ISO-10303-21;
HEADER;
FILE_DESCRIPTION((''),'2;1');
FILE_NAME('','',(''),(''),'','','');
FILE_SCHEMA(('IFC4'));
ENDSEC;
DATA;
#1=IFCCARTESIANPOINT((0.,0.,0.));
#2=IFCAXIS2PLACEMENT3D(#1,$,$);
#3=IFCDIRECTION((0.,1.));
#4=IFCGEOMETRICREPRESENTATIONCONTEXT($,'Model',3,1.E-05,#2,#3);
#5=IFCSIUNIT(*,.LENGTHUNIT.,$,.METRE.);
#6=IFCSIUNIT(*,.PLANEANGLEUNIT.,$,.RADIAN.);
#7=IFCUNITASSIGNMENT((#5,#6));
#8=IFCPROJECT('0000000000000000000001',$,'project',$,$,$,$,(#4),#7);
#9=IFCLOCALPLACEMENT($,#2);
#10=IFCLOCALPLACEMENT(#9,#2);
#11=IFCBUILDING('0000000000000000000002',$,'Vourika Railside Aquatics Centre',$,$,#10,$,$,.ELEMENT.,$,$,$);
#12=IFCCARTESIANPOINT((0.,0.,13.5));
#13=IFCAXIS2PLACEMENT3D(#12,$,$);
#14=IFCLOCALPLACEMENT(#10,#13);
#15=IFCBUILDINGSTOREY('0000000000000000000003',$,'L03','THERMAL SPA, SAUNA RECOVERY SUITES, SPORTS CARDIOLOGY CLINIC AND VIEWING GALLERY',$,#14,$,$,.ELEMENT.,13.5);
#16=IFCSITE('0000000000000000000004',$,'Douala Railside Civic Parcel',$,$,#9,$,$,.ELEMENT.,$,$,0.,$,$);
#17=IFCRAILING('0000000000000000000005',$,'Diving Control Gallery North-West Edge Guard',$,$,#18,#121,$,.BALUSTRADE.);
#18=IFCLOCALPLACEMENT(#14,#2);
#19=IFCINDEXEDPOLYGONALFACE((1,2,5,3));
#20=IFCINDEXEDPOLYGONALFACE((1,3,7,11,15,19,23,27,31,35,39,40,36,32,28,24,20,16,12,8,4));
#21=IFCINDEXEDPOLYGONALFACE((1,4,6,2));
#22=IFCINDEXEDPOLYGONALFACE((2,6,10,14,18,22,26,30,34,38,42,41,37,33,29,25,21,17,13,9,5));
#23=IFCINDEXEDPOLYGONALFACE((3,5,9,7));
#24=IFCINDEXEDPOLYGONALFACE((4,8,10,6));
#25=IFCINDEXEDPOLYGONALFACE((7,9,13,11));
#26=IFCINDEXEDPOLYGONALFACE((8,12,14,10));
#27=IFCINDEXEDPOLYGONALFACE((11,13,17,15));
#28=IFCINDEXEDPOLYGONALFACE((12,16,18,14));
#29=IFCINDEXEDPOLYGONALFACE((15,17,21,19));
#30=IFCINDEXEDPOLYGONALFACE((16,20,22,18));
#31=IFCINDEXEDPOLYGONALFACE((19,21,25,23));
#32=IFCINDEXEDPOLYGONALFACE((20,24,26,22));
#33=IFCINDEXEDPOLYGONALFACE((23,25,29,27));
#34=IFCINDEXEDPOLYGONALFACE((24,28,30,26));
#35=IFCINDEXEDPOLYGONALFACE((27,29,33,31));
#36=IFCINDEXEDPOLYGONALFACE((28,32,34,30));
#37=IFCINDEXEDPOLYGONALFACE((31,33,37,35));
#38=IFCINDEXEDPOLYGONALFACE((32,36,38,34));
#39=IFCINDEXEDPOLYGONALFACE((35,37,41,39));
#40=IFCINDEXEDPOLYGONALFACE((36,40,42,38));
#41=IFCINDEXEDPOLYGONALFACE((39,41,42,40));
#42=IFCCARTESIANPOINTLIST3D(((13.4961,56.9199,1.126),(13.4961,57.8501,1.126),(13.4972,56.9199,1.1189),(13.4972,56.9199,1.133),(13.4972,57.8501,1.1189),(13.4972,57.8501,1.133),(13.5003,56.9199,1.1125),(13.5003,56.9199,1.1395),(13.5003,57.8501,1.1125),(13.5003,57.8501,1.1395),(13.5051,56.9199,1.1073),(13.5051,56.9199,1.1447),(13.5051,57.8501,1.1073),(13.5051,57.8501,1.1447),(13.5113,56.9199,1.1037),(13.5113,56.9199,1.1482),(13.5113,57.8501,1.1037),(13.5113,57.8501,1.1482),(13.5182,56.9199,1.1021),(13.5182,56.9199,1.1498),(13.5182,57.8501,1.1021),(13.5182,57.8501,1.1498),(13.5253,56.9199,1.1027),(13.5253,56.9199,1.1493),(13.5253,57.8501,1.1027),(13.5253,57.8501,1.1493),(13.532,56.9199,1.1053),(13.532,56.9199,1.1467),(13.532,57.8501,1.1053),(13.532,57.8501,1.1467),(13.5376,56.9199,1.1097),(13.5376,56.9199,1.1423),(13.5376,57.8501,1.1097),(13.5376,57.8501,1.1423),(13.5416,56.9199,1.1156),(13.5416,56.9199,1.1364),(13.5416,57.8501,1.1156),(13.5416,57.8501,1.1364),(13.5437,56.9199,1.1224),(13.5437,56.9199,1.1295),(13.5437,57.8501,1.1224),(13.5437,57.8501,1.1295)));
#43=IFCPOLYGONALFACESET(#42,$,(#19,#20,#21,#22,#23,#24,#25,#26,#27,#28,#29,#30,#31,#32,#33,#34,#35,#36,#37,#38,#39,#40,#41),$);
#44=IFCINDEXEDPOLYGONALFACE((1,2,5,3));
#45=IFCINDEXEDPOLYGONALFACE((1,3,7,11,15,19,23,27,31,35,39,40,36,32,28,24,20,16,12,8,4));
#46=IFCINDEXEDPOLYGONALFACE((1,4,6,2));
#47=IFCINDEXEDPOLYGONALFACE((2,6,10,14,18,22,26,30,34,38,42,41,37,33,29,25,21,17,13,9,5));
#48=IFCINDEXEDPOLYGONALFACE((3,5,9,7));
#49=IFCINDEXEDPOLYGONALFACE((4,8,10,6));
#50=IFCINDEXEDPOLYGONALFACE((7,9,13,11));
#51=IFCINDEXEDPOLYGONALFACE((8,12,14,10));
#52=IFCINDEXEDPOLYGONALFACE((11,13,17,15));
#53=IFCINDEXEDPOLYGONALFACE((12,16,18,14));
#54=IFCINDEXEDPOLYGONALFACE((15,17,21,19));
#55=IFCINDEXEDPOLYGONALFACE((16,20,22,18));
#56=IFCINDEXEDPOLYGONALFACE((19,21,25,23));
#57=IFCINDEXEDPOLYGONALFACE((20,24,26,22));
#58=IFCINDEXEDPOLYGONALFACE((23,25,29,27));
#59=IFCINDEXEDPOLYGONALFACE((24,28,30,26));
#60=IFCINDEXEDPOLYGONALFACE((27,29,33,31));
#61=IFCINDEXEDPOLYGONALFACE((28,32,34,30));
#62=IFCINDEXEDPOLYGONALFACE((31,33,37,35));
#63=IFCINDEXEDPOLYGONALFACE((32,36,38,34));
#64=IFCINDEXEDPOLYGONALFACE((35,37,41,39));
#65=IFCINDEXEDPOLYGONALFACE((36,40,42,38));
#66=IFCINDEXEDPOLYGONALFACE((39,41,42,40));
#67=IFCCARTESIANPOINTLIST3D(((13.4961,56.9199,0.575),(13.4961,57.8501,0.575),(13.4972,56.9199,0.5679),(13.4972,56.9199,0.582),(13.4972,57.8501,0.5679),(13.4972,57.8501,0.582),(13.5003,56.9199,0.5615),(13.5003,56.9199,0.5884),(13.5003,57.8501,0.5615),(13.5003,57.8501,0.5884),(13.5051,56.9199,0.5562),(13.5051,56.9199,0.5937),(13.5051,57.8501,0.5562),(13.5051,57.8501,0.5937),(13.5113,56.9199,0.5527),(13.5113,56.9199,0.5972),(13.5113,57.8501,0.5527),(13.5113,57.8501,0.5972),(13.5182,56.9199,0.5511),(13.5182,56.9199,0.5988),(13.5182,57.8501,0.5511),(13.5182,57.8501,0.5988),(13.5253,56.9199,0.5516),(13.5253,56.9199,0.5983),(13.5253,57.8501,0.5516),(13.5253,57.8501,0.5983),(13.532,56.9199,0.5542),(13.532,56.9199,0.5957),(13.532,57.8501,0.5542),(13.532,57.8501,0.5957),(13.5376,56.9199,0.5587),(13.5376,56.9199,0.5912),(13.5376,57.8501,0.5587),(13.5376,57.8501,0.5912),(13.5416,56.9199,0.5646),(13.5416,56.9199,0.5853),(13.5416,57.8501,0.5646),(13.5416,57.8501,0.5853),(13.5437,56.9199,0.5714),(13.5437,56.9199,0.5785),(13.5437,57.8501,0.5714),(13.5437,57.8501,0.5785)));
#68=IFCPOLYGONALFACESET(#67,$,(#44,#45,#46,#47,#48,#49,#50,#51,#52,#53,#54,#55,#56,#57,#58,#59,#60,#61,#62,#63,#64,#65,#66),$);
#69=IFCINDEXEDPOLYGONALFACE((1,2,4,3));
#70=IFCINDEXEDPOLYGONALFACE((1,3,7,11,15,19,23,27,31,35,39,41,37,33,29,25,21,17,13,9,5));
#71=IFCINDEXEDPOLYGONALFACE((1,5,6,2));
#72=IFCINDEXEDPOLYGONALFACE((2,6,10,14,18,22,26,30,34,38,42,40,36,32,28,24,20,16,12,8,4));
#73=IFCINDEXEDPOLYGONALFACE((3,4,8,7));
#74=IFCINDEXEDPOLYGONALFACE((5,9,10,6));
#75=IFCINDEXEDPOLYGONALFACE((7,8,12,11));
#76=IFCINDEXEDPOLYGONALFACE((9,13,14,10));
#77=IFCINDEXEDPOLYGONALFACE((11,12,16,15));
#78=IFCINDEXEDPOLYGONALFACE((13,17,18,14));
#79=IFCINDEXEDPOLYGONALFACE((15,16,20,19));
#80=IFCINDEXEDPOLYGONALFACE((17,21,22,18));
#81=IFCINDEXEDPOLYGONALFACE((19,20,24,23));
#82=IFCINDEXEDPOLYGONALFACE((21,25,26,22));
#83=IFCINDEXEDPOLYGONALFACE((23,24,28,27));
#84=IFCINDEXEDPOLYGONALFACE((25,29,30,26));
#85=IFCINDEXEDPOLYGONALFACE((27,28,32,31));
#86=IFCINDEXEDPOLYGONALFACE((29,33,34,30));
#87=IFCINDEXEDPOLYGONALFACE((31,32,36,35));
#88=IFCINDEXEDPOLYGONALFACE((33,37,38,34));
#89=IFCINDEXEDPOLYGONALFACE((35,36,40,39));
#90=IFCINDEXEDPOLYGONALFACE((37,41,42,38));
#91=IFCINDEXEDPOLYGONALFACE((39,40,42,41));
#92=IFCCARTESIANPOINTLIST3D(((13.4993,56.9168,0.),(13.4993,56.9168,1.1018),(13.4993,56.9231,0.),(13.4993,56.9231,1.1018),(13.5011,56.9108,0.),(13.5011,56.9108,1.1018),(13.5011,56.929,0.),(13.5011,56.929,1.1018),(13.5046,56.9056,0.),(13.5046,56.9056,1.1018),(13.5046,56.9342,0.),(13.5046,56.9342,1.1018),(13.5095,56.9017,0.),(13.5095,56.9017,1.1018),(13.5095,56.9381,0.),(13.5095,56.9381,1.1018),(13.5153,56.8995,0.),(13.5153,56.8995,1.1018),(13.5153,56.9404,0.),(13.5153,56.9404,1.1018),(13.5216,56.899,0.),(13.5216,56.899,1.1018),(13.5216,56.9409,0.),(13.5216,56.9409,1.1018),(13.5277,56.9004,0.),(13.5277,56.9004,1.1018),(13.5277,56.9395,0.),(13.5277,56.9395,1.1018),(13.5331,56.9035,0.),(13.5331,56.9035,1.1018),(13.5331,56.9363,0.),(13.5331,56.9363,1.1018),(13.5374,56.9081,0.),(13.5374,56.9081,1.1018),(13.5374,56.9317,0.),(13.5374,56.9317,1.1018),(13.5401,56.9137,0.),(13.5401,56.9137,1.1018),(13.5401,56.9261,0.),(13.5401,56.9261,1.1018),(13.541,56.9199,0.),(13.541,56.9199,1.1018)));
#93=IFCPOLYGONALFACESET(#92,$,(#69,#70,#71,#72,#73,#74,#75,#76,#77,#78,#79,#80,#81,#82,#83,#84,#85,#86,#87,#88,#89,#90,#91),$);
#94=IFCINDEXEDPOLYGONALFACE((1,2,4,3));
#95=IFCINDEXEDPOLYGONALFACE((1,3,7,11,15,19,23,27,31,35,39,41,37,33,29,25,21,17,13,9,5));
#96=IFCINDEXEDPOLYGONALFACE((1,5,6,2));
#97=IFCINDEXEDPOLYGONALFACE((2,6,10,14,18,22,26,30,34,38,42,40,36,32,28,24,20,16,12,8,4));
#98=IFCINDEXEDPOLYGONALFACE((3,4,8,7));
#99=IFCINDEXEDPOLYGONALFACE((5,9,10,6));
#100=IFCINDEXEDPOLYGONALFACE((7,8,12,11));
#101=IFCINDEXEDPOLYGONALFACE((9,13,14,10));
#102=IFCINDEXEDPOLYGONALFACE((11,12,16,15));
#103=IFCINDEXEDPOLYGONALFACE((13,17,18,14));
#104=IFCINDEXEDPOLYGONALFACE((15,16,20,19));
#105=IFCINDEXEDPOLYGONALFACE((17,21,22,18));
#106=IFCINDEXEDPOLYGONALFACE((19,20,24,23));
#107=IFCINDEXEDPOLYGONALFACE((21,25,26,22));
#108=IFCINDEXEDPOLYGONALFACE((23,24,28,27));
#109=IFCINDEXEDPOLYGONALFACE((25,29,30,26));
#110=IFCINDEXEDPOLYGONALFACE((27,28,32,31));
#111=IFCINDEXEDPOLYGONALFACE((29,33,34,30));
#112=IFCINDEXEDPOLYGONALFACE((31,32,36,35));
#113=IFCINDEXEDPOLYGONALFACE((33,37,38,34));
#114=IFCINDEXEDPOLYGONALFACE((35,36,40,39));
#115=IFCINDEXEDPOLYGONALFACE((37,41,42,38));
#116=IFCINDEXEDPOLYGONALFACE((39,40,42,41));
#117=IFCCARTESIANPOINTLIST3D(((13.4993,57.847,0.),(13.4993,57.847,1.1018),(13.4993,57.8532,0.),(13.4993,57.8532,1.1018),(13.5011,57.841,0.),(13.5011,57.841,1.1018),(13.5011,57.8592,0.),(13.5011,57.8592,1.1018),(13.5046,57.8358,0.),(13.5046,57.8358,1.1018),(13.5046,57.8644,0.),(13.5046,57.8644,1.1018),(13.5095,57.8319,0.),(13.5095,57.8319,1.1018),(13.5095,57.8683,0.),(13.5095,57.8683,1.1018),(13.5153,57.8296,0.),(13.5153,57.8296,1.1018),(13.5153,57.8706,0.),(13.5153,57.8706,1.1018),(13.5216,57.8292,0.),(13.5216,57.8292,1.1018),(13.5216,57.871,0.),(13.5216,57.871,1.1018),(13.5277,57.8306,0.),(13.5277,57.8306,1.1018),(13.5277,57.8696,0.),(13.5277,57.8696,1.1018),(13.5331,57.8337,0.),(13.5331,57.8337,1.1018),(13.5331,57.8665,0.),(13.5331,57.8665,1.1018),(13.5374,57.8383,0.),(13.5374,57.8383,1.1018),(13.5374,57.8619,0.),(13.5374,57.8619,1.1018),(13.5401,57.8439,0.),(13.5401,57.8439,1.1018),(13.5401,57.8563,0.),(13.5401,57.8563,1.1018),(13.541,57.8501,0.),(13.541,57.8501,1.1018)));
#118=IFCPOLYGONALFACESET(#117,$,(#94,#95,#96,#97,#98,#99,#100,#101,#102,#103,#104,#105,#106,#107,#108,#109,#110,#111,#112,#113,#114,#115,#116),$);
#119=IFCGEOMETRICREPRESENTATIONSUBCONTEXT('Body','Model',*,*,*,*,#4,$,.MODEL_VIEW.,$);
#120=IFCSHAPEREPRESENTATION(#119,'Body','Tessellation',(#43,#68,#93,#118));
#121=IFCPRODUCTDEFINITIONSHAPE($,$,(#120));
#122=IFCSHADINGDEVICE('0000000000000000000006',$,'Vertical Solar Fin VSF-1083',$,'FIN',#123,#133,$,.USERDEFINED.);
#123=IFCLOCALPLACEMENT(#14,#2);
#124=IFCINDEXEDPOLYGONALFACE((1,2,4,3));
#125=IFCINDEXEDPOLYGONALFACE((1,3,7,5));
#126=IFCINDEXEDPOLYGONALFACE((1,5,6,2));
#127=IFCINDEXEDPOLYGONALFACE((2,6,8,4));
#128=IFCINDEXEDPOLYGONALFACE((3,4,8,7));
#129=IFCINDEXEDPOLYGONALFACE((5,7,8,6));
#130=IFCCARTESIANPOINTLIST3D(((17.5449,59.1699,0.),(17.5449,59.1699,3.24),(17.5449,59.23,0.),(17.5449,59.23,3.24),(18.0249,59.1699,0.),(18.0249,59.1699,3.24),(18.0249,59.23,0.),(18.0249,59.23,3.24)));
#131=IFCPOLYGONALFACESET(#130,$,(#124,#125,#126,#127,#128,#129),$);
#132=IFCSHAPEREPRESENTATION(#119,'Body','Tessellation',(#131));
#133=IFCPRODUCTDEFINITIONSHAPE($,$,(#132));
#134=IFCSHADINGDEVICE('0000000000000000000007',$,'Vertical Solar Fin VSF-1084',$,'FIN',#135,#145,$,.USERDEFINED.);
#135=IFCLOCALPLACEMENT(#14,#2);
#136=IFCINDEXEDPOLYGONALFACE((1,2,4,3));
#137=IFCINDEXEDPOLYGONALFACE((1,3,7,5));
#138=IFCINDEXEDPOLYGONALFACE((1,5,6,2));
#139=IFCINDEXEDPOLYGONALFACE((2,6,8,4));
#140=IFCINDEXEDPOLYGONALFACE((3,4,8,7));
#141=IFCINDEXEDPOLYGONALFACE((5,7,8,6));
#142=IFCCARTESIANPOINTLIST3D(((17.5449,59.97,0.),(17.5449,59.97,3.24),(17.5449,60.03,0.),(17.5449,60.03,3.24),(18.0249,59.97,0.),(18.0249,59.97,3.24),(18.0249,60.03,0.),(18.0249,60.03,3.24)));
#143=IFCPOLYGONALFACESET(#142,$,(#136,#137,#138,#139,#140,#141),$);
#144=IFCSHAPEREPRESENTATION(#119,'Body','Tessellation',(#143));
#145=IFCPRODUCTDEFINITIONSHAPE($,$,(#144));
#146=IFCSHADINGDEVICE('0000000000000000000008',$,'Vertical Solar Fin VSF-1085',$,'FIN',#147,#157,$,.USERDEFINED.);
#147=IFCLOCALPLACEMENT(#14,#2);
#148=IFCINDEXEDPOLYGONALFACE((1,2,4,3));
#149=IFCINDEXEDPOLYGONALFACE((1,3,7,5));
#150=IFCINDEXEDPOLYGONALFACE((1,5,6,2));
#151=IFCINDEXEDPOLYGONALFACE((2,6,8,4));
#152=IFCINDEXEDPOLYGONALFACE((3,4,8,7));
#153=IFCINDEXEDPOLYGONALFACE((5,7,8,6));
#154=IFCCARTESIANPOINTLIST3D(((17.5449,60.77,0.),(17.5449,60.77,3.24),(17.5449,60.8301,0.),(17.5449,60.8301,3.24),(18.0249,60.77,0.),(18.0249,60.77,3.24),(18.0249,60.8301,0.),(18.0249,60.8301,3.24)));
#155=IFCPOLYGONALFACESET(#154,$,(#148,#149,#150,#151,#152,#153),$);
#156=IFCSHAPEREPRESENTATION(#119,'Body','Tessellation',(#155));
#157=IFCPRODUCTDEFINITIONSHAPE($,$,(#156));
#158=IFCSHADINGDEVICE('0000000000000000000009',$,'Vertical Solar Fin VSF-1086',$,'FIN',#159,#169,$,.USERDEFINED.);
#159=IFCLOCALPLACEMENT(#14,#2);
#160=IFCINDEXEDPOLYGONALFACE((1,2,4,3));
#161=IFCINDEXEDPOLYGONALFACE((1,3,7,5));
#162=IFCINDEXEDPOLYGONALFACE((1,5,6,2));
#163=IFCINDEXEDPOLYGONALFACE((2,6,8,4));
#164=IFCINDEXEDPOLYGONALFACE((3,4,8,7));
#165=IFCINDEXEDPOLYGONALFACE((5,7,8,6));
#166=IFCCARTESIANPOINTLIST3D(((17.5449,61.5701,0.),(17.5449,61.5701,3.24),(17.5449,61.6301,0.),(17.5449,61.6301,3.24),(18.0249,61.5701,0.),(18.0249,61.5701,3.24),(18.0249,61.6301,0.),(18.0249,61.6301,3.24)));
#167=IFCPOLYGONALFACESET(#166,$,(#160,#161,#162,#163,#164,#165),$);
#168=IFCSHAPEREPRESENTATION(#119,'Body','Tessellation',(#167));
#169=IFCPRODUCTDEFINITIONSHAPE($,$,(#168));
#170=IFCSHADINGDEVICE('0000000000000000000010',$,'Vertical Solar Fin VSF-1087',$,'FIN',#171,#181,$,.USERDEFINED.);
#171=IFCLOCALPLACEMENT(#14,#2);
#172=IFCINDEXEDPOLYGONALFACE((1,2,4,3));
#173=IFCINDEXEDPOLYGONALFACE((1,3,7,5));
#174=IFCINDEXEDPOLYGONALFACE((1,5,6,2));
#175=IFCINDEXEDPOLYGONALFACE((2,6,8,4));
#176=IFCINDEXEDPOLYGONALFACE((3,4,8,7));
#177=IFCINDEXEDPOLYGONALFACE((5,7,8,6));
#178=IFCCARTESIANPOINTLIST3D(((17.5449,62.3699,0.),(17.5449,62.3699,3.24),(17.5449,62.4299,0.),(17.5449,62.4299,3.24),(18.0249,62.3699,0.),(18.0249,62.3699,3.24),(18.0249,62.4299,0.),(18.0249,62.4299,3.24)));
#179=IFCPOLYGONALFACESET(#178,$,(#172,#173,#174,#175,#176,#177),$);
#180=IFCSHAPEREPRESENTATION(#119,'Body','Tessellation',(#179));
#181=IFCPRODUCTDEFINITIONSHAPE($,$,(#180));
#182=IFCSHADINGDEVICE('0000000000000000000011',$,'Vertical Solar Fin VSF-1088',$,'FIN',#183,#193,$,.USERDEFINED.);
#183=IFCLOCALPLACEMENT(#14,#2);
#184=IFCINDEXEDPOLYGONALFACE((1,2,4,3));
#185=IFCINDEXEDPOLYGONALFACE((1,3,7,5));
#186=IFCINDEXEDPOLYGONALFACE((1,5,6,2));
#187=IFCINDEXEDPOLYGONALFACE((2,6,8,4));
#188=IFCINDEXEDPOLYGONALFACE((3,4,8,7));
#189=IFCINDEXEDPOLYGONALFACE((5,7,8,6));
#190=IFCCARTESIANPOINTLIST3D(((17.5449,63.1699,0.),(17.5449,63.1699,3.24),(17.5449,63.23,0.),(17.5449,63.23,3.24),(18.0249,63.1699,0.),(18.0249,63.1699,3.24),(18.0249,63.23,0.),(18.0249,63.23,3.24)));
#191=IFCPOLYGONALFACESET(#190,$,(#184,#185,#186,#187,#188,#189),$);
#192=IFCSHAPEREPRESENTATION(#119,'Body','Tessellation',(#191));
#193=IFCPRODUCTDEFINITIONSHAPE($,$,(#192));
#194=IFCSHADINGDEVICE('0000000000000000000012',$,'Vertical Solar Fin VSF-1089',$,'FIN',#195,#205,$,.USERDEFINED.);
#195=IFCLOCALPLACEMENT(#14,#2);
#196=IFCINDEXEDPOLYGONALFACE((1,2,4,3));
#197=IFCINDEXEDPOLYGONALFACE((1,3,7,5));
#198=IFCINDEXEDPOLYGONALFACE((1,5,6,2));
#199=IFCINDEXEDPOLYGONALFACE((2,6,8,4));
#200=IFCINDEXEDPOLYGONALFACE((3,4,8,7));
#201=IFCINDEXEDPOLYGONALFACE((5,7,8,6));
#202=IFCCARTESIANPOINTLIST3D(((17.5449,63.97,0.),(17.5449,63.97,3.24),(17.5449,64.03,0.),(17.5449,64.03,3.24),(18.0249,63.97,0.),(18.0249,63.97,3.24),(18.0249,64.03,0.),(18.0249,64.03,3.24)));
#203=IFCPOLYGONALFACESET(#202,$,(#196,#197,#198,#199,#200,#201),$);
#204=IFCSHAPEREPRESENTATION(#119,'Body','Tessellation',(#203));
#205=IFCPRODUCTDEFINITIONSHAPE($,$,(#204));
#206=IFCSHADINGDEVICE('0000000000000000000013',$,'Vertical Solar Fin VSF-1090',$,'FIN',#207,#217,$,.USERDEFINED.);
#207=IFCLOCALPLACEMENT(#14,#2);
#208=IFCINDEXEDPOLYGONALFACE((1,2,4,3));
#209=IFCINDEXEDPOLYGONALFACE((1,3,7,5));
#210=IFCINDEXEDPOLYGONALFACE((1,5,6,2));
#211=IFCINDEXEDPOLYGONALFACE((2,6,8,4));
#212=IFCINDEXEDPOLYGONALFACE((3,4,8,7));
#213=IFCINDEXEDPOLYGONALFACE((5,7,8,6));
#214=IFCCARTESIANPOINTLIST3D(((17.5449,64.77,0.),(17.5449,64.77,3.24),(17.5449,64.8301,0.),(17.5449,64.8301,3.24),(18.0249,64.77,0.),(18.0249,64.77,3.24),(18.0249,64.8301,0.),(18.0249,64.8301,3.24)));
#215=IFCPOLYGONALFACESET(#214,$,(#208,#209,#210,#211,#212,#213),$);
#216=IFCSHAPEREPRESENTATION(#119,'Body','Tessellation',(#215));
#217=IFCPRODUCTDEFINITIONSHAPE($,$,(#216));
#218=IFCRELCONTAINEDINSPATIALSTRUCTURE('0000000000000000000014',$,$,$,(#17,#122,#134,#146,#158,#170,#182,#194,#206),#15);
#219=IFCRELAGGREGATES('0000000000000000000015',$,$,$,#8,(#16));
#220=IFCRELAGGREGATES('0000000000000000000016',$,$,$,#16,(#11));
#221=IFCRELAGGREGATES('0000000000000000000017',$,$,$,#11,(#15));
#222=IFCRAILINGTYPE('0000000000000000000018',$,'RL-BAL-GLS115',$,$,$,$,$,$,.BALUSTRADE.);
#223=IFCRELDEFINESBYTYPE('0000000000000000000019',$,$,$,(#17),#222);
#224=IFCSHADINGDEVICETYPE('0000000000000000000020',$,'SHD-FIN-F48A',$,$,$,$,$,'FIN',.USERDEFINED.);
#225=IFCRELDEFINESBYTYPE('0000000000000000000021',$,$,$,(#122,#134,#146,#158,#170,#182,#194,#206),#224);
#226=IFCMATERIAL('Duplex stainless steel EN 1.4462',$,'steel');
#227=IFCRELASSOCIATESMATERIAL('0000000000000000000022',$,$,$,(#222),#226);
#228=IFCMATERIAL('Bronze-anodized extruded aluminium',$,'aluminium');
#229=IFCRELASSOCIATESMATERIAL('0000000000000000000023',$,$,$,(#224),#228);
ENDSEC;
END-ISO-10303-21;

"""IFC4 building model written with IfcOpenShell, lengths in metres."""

from ifc_helpers import new_model, si_unit, direction, frame, origin, origin_2d, place, context, subcontext, project, spatial, rectangle, circle, extrude, material, material_profile, profile_set, type_object, element, save


model = new_model("IFC4")

# Units and contexts
model_context = context("Model", 3, precision=1e-05, world=origin(), true_north=direction((0.0, 1.0)))
body_context = subcontext(model_context, "Body", "Model", "MODEL_VIEW")
ifc_project = project(units=[si_unit("LENGTHUNIT", "METRE"), si_unit("PLANEANGLEUNIT", "RADIAN")], contexts=[model_context])

# Site, building, storey
site_placement = place(None, origin())
site = spatial("IfcSite", under=ifc_project, at=site_placement, Name="Douala Railside Civic Parcel", CompositionType="ELEMENT", RefElevation=0.0)
building_placement = place(site_placement, origin())
building = spatial("IfcBuilding", under=site, at=building_placement, Name="Vourika Railside Aquatics Centre", CompositionType="ELEMENT")
storey_placement = place(building_placement, frame((0.0, 0.0, 13.5)))
storey = spatial("IfcBuildingStorey", under=building, at=storey_placement, Name="L03", Description="THERMAL SPA, SAUNA RECOVERY SUITES, SPORTS CARDIOLOGY CLINIC AND VIEWING GALLERY", CompositionType="ELEMENT", Elevation=13.5)

# Railing
ifc_material_1 = material(Name="Duplex stainless steel EN 1.4462", Category="steel")
railing_type_1 = type_object("IfcRailingType", Name="RL-BAL-GLS115", PredefinedType="BALUSTRADE", material=ifc_material_1)
railing_1_placement = place(storey_placement, frame((13.52, 56.9199, 0.0)))
element("IfcRailing", 1, at=railing_1_placement, inside=storey, type_object=railing_type_1, Name="Diving Control Gallery North-West Edge Guard", PredefinedType="BALUSTRADE", context=body_context, shape_type="SweptSolid", body=[
    extrude(circle(Radius=0.0239, at=origin_2d()), frame((0.0, 0.0, 1.126), z_axis=(0.0, 1.0, 0.0), x_axis=(-1.0, 0.0, 0.0)), (0.0, 0.0, 1.0), 0.9302),
    extrude(circle(Radius=0.0239, at=origin_2d()), frame((0.0, 0.0, 0.575), z_axis=(0.0, 1.0, 0.0), x_axis=(-1.0, 0.0, 0.0)), (0.0, 0.0, 1.0), 0.9302),
    extrude(circle(Radius=0.021, at=origin_2d()), origin(), (0.0, 0.0, 1.0), 1.1018),
    extrude(circle(Radius=0.021, at=origin_2d()), frame((0.0, 0.9302, 0.0)), (0.0, 0.0, 1.0), 1.1018),
])

# Shading devices
ifc_material_2 = material(Name="Bronze-anodized extruded aluminium", Category="aluminium")
ifc_material_profile_1 = material_profile(ifc_material_2, rectangle(XDim=0.0601, YDim=0.48, at=origin_2d()), Name="ALU-FIN 60x480")
ifc_profile_set_1 = profile_set([ifc_material_profile_1], Name="Bronze-anodized extruded aluminium")
shading_device_type = type_object("IfcShadingDeviceType", Name="SHD-FIN-F48A", ElementType="FIN", PredefinedType="USERDEFINED", material=ifc_profile_set_1)
for number, where, z_axis, x_axis, name in (
    (2, (17.7849, 59.2, 0.0), (0.0, 0.0, 1.0), (0.0, 1.0, 0.0), "Vertical Solar Fin VSF-1083"),
    (3, (17.7849, 60.0, 0.0), (0.0, 0.0, 1.0), (0.0, 1.0, 0.0), "Vertical Solar Fin VSF-1084"),
    (4, (17.7849, 60.8, 0.0), (0.0, 0.0, 1.0), (0.0, 1.0, 0.0), "Vertical Solar Fin VSF-1085"),
    (5, (17.7849, 61.6001, 0.0), (0.0, 0.0, 1.0), (0.0, 1.0, 0.0), "Vertical Solar Fin VSF-1086"),
    (6, (17.7849, 62.3999, 0.0), (0.0, 0.0, 1.0), (0.0, 1.0, 0.0), "Vertical Solar Fin VSF-1087"),
    (7, (17.7849, 63.2, 0.0), (0.0, 0.0, 1.0), (0.0, 1.0, 0.0), "Vertical Solar Fin VSF-1088"),
    (8, (17.7849, 64.0, 0.0), (0.0, 0.0, 1.0), (0.0, 1.0, 0.0), "Vertical Solar Fin VSF-1089"),
    (9, (17.7849, 64.8, 0.0), (0.0, 0.0, 1.0), (0.0, 1.0, 0.0), "Vertical Solar Fin VSF-1090"),
):
    element("IfcShadingDevice", number, at=place(storey_placement, frame(where, z_axis=z_axis, x_axis=x_axis)), inside=storey, type_object=shading_device_type, Name=name, ObjectType="FIN", PredefinedType="USERDEFINED", context=body_context, shape_type="SweptSolid", body=[
        extrude(rectangle(XDim=0.0601, YDim=0.48, at=origin_2d()), origin(), (0.0, 0.0, 1.0), 3.24),
    ])

save(model, "model.ifc")
